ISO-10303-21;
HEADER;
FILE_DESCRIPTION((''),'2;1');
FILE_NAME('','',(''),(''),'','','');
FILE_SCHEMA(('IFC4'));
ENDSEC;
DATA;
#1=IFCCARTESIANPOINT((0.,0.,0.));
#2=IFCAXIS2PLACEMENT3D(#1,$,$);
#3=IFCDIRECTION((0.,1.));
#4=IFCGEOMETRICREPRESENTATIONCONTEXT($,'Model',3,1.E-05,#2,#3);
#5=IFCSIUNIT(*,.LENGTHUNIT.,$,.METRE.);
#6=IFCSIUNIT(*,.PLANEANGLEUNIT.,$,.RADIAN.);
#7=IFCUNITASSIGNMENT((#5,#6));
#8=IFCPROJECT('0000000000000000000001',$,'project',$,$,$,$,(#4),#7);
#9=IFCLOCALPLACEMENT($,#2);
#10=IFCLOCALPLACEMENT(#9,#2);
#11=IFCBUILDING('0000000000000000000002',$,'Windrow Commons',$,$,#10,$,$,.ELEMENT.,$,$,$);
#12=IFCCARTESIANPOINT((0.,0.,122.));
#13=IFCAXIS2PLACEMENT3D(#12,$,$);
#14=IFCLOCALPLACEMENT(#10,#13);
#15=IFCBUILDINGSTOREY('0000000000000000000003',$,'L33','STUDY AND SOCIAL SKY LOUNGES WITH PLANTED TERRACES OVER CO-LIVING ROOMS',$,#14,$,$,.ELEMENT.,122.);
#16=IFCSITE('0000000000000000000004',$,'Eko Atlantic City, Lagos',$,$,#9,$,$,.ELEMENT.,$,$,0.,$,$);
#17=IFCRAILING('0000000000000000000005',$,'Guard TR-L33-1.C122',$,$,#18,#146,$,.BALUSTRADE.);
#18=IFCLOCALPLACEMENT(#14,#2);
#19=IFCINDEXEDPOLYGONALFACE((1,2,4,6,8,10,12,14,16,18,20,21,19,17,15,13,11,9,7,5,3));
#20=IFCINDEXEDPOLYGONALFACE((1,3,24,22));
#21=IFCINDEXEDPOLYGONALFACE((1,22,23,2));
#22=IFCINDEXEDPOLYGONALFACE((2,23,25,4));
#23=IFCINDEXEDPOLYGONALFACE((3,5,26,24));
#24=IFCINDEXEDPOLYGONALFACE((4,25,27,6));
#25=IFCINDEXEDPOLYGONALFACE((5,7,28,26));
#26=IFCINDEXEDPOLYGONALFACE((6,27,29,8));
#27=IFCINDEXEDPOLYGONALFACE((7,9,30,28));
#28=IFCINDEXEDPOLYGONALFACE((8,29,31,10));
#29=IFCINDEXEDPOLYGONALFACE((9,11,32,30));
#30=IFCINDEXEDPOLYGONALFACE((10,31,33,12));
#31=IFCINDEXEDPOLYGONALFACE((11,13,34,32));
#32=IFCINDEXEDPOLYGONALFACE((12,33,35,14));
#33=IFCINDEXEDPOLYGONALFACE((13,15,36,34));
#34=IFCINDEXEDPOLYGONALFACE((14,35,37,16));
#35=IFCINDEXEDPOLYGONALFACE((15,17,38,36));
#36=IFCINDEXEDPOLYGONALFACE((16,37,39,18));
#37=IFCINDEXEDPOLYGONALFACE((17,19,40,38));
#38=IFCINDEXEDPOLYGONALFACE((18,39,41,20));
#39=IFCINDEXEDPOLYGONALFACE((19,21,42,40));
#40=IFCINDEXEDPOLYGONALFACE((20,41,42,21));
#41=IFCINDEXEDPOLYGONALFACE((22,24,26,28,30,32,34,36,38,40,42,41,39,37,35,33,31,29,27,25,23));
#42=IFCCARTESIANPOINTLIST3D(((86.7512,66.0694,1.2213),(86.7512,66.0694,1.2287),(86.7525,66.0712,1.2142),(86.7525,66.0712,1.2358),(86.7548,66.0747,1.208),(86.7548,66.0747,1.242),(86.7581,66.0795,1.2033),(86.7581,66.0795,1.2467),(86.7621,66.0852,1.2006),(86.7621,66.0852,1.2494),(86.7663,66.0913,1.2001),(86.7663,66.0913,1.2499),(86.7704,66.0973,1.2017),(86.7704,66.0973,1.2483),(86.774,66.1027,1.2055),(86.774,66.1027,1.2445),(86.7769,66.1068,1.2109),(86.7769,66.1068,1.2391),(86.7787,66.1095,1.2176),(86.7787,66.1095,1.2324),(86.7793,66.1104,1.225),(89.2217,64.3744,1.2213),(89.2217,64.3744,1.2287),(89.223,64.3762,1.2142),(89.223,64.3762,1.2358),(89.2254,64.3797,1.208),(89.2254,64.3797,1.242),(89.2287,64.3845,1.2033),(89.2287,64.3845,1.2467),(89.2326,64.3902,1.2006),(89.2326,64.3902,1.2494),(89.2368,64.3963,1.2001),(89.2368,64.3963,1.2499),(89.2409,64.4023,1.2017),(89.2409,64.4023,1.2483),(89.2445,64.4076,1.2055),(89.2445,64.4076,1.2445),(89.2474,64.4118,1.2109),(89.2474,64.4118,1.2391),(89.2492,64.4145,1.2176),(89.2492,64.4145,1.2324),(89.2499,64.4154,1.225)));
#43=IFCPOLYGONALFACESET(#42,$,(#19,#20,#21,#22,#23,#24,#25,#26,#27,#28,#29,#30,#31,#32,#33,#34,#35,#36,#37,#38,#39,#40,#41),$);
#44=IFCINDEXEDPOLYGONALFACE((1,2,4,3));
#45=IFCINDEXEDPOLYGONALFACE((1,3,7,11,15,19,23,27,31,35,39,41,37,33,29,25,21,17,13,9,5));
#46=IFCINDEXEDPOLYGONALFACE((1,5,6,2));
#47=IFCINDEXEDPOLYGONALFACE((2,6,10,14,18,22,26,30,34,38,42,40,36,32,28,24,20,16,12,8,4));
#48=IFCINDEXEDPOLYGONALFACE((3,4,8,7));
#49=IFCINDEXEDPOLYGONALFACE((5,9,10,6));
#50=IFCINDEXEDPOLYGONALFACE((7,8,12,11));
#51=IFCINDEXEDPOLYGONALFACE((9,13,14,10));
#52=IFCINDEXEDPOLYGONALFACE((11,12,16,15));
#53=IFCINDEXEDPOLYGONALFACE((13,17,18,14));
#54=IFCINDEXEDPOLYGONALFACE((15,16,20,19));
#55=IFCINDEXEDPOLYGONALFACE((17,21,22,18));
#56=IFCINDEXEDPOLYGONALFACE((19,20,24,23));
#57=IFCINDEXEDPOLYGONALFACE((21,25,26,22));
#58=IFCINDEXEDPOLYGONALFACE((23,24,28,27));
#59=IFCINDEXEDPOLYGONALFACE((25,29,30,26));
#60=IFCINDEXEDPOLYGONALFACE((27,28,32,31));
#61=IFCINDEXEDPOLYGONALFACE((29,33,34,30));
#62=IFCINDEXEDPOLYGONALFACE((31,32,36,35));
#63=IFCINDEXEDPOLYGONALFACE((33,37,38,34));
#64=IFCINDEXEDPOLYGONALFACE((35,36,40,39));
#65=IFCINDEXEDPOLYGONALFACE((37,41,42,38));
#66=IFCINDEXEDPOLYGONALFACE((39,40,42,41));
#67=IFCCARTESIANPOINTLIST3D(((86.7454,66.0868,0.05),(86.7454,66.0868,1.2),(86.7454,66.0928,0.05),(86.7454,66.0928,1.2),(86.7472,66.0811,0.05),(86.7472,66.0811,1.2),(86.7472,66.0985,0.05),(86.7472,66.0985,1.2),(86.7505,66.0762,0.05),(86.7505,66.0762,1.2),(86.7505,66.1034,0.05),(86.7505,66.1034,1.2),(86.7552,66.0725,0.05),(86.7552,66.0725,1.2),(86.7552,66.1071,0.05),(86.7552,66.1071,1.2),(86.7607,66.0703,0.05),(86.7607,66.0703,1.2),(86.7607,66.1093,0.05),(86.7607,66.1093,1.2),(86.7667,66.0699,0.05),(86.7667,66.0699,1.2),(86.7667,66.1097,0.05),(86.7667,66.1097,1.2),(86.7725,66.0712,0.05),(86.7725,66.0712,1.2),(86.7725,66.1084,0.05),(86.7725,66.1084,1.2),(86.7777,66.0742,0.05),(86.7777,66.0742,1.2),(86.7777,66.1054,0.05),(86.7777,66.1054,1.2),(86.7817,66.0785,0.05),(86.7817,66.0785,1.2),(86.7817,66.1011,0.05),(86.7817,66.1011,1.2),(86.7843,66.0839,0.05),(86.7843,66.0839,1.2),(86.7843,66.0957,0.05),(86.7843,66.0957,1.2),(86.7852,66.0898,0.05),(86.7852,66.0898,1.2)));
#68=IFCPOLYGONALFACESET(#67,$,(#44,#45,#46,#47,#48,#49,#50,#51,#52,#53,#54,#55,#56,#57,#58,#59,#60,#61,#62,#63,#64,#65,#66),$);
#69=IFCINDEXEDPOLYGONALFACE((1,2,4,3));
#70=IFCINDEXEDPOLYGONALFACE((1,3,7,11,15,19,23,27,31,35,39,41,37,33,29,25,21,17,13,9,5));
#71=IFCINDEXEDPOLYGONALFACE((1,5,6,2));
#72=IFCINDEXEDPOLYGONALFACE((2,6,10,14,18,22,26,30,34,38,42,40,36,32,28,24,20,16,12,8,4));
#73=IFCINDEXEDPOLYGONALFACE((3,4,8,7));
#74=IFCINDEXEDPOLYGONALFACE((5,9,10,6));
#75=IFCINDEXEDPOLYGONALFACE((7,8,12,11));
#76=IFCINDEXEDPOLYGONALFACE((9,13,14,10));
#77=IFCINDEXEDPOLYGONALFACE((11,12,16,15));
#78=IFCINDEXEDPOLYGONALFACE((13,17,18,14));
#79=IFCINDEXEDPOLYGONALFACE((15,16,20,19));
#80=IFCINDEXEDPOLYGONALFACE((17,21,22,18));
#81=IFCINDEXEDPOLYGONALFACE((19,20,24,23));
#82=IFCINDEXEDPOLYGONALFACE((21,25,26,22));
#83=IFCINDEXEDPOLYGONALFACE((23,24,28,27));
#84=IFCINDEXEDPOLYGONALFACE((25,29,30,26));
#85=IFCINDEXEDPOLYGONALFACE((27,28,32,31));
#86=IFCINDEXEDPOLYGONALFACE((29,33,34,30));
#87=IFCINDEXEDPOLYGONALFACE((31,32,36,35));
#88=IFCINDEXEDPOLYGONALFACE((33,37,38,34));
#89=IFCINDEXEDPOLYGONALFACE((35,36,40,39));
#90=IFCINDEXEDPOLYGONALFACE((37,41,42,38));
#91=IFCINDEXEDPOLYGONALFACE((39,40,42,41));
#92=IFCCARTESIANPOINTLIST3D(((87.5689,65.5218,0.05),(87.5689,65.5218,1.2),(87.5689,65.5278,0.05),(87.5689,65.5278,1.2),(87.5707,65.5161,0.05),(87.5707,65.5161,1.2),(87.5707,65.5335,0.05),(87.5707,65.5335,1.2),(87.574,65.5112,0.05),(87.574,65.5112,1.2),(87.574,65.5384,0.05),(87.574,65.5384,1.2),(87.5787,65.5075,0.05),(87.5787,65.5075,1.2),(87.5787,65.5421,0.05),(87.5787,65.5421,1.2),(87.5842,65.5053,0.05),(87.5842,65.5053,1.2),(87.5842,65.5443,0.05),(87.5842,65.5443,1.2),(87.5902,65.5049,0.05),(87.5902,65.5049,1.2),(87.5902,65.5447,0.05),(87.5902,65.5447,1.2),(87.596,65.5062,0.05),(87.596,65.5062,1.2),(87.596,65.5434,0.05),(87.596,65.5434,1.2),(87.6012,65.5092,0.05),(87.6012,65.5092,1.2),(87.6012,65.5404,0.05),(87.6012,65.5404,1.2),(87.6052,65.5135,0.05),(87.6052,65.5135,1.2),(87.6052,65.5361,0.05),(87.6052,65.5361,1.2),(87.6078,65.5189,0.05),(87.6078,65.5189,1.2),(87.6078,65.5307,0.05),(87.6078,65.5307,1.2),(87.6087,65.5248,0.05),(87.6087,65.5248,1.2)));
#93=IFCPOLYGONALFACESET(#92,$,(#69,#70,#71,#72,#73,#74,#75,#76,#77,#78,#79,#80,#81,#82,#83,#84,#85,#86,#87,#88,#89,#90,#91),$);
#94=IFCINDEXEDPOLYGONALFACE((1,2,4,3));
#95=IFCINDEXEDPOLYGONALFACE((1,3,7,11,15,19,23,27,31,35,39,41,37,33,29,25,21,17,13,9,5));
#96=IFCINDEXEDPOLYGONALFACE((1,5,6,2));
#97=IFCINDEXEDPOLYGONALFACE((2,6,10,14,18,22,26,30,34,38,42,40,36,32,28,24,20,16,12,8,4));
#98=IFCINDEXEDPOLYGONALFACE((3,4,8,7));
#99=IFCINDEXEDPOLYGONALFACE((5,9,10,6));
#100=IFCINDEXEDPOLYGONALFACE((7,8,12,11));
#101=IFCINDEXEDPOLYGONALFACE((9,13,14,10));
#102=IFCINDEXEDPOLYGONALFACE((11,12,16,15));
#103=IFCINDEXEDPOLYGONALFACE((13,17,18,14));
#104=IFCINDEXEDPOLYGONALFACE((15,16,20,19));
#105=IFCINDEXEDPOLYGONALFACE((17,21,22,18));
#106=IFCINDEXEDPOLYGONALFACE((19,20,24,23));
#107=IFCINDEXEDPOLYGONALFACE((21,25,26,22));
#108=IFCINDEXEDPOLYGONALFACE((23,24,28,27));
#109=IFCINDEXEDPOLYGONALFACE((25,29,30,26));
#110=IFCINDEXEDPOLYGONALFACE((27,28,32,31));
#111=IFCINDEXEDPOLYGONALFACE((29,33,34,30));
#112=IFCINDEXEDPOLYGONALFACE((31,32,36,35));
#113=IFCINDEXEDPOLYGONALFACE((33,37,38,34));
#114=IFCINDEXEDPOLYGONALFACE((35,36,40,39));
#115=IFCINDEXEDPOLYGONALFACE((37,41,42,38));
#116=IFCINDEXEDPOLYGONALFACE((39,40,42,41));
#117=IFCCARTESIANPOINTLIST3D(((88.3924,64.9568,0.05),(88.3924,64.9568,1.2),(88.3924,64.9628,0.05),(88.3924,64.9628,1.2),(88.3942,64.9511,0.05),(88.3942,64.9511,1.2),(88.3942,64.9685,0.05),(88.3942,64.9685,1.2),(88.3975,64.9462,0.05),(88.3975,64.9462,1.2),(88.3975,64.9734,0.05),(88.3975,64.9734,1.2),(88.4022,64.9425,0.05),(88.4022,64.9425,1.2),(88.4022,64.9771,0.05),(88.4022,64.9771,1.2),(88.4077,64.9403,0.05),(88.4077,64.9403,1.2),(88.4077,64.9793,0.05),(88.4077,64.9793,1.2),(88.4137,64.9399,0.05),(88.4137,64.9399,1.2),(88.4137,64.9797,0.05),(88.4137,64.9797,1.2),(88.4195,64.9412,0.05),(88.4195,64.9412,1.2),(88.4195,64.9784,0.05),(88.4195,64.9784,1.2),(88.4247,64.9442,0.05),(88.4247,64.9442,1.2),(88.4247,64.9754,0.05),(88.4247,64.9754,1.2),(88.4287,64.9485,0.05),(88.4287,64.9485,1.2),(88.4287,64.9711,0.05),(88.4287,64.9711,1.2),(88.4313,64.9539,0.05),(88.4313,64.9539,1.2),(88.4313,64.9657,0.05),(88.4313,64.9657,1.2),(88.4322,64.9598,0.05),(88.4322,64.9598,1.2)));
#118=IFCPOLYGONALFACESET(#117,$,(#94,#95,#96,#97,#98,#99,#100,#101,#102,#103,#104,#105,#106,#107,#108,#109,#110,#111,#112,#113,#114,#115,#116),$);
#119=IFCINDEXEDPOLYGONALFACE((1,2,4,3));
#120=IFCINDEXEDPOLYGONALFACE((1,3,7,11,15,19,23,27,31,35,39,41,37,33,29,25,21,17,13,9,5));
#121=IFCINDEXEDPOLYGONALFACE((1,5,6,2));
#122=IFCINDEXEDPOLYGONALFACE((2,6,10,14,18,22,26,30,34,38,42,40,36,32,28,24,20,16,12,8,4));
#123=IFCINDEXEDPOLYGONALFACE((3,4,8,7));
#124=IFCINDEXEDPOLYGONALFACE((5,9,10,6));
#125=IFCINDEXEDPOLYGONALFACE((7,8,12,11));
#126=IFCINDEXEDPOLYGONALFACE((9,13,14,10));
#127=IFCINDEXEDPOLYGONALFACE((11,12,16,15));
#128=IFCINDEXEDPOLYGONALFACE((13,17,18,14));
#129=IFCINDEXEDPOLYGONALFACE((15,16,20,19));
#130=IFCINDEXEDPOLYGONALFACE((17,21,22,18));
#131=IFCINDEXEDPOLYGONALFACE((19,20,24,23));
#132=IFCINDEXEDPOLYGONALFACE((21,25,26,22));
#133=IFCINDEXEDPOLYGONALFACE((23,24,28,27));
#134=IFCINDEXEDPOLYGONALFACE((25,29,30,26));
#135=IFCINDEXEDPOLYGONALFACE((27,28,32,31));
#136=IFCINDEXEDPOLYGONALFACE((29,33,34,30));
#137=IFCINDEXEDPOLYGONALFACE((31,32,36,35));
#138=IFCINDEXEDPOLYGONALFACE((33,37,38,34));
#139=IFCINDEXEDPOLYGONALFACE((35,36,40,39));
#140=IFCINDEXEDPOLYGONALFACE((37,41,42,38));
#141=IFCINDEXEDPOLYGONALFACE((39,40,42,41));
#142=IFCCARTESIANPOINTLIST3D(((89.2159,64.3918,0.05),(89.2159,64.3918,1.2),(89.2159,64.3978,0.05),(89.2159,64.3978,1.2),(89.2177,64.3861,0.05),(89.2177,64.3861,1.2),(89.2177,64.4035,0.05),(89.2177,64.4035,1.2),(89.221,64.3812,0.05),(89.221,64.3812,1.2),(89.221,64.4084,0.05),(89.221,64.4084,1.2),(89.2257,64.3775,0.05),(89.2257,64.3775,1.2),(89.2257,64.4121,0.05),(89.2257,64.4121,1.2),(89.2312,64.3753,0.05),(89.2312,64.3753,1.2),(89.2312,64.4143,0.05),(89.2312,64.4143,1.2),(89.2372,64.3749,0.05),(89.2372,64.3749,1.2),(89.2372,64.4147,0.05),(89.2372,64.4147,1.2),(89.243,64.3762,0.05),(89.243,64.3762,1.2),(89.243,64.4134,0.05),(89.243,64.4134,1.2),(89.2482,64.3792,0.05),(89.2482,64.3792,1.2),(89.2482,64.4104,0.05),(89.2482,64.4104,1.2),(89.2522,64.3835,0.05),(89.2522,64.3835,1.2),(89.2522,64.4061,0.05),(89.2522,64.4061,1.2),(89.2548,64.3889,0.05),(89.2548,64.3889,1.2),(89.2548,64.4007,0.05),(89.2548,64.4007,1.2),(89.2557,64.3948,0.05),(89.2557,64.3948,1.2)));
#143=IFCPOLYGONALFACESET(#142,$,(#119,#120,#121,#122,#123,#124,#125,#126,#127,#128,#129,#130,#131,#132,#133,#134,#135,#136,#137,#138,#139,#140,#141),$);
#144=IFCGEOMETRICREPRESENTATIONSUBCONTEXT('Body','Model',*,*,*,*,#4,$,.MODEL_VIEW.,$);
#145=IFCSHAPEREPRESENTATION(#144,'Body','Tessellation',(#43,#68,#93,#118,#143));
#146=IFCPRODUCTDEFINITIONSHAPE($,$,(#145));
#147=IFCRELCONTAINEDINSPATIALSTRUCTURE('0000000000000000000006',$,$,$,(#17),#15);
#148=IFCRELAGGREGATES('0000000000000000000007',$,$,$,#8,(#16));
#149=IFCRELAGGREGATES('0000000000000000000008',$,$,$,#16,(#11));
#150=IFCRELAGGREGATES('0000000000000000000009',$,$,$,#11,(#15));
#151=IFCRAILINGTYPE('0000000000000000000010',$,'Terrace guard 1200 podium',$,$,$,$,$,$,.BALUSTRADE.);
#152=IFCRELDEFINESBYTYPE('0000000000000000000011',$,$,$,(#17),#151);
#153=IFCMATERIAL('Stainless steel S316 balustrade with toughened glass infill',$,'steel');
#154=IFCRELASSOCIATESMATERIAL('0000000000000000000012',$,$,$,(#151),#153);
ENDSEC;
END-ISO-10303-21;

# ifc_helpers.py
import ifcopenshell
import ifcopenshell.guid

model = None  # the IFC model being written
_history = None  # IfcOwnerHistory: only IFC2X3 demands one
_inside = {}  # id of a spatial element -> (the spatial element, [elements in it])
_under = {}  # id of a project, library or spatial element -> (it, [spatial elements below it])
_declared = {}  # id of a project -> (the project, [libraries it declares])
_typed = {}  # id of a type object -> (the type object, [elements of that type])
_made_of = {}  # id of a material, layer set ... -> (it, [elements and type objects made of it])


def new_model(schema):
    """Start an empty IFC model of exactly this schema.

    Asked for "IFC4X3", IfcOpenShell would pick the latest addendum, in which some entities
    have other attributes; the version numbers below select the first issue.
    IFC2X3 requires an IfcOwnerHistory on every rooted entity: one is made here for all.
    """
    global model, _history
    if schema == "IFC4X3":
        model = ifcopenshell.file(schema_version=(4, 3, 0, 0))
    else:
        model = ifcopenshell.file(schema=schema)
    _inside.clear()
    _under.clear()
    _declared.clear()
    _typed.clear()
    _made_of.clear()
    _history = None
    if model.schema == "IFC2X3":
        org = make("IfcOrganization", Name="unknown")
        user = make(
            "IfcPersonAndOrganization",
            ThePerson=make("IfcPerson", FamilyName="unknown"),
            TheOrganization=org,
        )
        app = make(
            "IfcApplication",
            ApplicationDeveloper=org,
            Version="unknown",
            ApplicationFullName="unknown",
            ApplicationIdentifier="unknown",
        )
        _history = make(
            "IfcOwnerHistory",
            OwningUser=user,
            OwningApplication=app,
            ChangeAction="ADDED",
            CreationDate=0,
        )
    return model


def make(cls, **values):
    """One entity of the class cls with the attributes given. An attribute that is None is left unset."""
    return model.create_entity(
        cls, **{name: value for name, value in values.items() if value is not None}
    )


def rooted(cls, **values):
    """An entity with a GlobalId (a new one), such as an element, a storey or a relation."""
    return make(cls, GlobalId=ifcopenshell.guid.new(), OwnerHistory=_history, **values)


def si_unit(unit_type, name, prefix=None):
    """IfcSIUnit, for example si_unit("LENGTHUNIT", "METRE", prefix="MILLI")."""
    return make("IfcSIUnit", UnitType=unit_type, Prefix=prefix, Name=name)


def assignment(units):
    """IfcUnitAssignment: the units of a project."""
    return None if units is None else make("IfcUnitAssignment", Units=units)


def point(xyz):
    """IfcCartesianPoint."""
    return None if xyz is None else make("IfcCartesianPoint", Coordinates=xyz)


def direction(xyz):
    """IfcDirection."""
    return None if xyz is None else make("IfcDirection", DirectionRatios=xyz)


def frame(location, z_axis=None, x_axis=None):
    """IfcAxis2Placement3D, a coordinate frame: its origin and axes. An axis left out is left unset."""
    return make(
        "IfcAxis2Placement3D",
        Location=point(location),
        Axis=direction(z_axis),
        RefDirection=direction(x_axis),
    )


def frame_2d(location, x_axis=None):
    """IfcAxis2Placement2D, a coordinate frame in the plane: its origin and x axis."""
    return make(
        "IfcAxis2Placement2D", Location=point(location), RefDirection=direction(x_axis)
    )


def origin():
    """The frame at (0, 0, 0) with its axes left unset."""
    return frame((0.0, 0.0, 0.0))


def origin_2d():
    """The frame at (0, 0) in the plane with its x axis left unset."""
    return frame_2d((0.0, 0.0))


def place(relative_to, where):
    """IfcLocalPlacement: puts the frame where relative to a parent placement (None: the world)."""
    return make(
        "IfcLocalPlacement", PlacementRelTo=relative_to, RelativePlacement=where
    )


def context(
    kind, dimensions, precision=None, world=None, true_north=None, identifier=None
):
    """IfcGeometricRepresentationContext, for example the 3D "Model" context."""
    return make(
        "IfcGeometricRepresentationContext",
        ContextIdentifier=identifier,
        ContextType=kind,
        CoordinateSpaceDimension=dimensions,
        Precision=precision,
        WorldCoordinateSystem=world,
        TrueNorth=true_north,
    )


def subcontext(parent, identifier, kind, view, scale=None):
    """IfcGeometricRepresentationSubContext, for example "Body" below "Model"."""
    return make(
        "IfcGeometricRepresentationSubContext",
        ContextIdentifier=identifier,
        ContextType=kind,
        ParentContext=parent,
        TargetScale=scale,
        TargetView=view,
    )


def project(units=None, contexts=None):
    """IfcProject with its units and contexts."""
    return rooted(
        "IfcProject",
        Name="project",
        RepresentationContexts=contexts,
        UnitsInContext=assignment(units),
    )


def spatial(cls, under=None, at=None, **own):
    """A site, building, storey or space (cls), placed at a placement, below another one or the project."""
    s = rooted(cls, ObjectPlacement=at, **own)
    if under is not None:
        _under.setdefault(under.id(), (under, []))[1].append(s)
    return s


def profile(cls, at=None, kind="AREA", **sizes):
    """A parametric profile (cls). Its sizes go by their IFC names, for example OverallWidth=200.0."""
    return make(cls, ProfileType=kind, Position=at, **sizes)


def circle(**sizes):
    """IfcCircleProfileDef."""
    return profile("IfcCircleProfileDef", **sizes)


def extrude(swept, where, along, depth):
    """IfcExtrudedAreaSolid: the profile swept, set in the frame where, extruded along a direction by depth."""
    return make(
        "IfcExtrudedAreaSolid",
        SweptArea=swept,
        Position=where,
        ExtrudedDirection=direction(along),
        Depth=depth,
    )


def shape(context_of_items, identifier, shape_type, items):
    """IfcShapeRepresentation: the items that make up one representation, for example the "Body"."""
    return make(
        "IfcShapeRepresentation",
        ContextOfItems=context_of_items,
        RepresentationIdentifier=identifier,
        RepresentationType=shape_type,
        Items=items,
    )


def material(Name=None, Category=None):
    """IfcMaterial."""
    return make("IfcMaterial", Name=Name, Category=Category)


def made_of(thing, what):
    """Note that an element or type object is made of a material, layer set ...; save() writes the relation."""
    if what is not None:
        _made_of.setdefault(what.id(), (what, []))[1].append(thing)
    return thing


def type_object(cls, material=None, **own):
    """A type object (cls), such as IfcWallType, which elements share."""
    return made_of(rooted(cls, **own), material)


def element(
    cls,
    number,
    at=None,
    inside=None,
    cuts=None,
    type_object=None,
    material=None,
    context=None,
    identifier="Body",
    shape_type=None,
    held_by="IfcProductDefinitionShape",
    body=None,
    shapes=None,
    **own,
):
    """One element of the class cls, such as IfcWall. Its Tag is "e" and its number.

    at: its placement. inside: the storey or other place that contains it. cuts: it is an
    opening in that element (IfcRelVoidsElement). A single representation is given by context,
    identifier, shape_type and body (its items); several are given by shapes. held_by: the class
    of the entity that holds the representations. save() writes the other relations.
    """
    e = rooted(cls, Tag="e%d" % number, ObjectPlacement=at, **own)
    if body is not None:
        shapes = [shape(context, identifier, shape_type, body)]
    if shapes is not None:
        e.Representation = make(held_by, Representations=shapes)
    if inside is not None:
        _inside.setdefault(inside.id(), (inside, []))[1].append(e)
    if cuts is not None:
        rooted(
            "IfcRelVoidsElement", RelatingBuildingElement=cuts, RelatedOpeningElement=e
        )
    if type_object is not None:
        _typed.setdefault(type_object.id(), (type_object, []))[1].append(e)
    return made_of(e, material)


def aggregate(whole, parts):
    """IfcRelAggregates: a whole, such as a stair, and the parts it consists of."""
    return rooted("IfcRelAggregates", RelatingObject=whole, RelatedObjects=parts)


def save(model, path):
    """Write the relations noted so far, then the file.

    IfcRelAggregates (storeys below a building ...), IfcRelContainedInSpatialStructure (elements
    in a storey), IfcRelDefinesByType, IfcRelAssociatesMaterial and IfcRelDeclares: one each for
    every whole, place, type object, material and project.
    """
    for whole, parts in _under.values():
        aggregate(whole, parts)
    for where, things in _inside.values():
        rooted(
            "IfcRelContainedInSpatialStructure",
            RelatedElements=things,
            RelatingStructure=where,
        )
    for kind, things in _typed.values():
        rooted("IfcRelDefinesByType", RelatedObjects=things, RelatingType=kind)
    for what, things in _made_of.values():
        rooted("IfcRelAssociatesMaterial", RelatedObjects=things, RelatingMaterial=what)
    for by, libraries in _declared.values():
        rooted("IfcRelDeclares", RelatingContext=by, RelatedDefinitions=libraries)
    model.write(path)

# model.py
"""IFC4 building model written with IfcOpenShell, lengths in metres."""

from ifc_helpers import new_model, si_unit, direction, frame, origin, origin_2d, place, context, subcontext, project, spatial, circle, extrude, material, type_object, element, save


model = new_model("IFC4")

# Units and contexts
model_context = context("Model", 3, precision=1e-05, world=origin(), true_north=direction((0.0, 1.0)))
body_context = subcontext(model_context, "Body", "Model", "MODEL_VIEW")
ifc_project = project(units=[si_unit("LENGTHUNIT", "METRE"), si_unit("PLANEANGLEUNIT", "RADIAN")], contexts=[model_context])

# Site, building, storey
site_placement = place(None, origin())
site = spatial("IfcSite", under=ifc_project, at=site_placement, Name="Eko Atlantic City, Lagos", CompositionType="ELEMENT", RefElevation=0.0)
building_placement = place(site_placement, origin())
building = spatial("IfcBuilding", under=site, at=building_placement, Name="Windrow Commons", CompositionType="ELEMENT")
storey_placement = place(building_placement, frame((0.0, 0.0, 122.0)))
storey = spatial("IfcBuildingStorey", under=building, at=storey_placement, Name="L33", Description="STUDY AND SOCIAL SKY LOUNGES WITH PLANTED TERRACES OVER CO-LIVING ROOMS", CompositionType="ELEMENT", Elevation=122.0)

# Railing
ifc_material_1 = material(Name="Stainless steel S316 balustrade with toughened glass infill", Category="steel")
railing_type_1 = type_object("IfcRailingType", Name="Terrace guard 1200 podium", PredefinedType="BALUSTRADE", material=ifc_material_1)
railing_1_placement = place(storey_placement, frame((86.7652, 66.0898, 0.05)))
element("IfcRailing", 1, at=railing_1_placement, inside=storey, type_object=railing_type_1, Name="Guard TR-L33-1.C122", PredefinedType="BALUSTRADE", context=body_context, shape_type="SweptSolid", body=[
    extrude(circle(Radius=0.025, at=origin_2d()), frame((0.0, 0.0, 1.175), z_axis=(0.824582, -0.565742, 0.0), x_axis=(0.565742, 0.824582, 0.0)), (0.0, 0.0, 1.0), 2.9961),
    extrude(circle(Radius=0.02, at=origin_2d()), origin(), (0.0, 0.0, 1.0), 1.15),
    extrude(circle(Radius=0.02, at=origin_2d()), frame((0.8235, -0.565, 0.0)), (0.0, 0.0, 1.0), 1.15),
    extrude(circle(Radius=0.02, at=origin_2d()), frame((1.647, -1.13, 0.0)), (0.0, 0.0, 1.0), 1.15),
    extrude(circle(Radius=0.02, at=origin_2d()), frame((2.4705, -1.695, 0.0)), (0.0, 0.0, 1.0), 1.15),
])

save(model, "model.ifc")
